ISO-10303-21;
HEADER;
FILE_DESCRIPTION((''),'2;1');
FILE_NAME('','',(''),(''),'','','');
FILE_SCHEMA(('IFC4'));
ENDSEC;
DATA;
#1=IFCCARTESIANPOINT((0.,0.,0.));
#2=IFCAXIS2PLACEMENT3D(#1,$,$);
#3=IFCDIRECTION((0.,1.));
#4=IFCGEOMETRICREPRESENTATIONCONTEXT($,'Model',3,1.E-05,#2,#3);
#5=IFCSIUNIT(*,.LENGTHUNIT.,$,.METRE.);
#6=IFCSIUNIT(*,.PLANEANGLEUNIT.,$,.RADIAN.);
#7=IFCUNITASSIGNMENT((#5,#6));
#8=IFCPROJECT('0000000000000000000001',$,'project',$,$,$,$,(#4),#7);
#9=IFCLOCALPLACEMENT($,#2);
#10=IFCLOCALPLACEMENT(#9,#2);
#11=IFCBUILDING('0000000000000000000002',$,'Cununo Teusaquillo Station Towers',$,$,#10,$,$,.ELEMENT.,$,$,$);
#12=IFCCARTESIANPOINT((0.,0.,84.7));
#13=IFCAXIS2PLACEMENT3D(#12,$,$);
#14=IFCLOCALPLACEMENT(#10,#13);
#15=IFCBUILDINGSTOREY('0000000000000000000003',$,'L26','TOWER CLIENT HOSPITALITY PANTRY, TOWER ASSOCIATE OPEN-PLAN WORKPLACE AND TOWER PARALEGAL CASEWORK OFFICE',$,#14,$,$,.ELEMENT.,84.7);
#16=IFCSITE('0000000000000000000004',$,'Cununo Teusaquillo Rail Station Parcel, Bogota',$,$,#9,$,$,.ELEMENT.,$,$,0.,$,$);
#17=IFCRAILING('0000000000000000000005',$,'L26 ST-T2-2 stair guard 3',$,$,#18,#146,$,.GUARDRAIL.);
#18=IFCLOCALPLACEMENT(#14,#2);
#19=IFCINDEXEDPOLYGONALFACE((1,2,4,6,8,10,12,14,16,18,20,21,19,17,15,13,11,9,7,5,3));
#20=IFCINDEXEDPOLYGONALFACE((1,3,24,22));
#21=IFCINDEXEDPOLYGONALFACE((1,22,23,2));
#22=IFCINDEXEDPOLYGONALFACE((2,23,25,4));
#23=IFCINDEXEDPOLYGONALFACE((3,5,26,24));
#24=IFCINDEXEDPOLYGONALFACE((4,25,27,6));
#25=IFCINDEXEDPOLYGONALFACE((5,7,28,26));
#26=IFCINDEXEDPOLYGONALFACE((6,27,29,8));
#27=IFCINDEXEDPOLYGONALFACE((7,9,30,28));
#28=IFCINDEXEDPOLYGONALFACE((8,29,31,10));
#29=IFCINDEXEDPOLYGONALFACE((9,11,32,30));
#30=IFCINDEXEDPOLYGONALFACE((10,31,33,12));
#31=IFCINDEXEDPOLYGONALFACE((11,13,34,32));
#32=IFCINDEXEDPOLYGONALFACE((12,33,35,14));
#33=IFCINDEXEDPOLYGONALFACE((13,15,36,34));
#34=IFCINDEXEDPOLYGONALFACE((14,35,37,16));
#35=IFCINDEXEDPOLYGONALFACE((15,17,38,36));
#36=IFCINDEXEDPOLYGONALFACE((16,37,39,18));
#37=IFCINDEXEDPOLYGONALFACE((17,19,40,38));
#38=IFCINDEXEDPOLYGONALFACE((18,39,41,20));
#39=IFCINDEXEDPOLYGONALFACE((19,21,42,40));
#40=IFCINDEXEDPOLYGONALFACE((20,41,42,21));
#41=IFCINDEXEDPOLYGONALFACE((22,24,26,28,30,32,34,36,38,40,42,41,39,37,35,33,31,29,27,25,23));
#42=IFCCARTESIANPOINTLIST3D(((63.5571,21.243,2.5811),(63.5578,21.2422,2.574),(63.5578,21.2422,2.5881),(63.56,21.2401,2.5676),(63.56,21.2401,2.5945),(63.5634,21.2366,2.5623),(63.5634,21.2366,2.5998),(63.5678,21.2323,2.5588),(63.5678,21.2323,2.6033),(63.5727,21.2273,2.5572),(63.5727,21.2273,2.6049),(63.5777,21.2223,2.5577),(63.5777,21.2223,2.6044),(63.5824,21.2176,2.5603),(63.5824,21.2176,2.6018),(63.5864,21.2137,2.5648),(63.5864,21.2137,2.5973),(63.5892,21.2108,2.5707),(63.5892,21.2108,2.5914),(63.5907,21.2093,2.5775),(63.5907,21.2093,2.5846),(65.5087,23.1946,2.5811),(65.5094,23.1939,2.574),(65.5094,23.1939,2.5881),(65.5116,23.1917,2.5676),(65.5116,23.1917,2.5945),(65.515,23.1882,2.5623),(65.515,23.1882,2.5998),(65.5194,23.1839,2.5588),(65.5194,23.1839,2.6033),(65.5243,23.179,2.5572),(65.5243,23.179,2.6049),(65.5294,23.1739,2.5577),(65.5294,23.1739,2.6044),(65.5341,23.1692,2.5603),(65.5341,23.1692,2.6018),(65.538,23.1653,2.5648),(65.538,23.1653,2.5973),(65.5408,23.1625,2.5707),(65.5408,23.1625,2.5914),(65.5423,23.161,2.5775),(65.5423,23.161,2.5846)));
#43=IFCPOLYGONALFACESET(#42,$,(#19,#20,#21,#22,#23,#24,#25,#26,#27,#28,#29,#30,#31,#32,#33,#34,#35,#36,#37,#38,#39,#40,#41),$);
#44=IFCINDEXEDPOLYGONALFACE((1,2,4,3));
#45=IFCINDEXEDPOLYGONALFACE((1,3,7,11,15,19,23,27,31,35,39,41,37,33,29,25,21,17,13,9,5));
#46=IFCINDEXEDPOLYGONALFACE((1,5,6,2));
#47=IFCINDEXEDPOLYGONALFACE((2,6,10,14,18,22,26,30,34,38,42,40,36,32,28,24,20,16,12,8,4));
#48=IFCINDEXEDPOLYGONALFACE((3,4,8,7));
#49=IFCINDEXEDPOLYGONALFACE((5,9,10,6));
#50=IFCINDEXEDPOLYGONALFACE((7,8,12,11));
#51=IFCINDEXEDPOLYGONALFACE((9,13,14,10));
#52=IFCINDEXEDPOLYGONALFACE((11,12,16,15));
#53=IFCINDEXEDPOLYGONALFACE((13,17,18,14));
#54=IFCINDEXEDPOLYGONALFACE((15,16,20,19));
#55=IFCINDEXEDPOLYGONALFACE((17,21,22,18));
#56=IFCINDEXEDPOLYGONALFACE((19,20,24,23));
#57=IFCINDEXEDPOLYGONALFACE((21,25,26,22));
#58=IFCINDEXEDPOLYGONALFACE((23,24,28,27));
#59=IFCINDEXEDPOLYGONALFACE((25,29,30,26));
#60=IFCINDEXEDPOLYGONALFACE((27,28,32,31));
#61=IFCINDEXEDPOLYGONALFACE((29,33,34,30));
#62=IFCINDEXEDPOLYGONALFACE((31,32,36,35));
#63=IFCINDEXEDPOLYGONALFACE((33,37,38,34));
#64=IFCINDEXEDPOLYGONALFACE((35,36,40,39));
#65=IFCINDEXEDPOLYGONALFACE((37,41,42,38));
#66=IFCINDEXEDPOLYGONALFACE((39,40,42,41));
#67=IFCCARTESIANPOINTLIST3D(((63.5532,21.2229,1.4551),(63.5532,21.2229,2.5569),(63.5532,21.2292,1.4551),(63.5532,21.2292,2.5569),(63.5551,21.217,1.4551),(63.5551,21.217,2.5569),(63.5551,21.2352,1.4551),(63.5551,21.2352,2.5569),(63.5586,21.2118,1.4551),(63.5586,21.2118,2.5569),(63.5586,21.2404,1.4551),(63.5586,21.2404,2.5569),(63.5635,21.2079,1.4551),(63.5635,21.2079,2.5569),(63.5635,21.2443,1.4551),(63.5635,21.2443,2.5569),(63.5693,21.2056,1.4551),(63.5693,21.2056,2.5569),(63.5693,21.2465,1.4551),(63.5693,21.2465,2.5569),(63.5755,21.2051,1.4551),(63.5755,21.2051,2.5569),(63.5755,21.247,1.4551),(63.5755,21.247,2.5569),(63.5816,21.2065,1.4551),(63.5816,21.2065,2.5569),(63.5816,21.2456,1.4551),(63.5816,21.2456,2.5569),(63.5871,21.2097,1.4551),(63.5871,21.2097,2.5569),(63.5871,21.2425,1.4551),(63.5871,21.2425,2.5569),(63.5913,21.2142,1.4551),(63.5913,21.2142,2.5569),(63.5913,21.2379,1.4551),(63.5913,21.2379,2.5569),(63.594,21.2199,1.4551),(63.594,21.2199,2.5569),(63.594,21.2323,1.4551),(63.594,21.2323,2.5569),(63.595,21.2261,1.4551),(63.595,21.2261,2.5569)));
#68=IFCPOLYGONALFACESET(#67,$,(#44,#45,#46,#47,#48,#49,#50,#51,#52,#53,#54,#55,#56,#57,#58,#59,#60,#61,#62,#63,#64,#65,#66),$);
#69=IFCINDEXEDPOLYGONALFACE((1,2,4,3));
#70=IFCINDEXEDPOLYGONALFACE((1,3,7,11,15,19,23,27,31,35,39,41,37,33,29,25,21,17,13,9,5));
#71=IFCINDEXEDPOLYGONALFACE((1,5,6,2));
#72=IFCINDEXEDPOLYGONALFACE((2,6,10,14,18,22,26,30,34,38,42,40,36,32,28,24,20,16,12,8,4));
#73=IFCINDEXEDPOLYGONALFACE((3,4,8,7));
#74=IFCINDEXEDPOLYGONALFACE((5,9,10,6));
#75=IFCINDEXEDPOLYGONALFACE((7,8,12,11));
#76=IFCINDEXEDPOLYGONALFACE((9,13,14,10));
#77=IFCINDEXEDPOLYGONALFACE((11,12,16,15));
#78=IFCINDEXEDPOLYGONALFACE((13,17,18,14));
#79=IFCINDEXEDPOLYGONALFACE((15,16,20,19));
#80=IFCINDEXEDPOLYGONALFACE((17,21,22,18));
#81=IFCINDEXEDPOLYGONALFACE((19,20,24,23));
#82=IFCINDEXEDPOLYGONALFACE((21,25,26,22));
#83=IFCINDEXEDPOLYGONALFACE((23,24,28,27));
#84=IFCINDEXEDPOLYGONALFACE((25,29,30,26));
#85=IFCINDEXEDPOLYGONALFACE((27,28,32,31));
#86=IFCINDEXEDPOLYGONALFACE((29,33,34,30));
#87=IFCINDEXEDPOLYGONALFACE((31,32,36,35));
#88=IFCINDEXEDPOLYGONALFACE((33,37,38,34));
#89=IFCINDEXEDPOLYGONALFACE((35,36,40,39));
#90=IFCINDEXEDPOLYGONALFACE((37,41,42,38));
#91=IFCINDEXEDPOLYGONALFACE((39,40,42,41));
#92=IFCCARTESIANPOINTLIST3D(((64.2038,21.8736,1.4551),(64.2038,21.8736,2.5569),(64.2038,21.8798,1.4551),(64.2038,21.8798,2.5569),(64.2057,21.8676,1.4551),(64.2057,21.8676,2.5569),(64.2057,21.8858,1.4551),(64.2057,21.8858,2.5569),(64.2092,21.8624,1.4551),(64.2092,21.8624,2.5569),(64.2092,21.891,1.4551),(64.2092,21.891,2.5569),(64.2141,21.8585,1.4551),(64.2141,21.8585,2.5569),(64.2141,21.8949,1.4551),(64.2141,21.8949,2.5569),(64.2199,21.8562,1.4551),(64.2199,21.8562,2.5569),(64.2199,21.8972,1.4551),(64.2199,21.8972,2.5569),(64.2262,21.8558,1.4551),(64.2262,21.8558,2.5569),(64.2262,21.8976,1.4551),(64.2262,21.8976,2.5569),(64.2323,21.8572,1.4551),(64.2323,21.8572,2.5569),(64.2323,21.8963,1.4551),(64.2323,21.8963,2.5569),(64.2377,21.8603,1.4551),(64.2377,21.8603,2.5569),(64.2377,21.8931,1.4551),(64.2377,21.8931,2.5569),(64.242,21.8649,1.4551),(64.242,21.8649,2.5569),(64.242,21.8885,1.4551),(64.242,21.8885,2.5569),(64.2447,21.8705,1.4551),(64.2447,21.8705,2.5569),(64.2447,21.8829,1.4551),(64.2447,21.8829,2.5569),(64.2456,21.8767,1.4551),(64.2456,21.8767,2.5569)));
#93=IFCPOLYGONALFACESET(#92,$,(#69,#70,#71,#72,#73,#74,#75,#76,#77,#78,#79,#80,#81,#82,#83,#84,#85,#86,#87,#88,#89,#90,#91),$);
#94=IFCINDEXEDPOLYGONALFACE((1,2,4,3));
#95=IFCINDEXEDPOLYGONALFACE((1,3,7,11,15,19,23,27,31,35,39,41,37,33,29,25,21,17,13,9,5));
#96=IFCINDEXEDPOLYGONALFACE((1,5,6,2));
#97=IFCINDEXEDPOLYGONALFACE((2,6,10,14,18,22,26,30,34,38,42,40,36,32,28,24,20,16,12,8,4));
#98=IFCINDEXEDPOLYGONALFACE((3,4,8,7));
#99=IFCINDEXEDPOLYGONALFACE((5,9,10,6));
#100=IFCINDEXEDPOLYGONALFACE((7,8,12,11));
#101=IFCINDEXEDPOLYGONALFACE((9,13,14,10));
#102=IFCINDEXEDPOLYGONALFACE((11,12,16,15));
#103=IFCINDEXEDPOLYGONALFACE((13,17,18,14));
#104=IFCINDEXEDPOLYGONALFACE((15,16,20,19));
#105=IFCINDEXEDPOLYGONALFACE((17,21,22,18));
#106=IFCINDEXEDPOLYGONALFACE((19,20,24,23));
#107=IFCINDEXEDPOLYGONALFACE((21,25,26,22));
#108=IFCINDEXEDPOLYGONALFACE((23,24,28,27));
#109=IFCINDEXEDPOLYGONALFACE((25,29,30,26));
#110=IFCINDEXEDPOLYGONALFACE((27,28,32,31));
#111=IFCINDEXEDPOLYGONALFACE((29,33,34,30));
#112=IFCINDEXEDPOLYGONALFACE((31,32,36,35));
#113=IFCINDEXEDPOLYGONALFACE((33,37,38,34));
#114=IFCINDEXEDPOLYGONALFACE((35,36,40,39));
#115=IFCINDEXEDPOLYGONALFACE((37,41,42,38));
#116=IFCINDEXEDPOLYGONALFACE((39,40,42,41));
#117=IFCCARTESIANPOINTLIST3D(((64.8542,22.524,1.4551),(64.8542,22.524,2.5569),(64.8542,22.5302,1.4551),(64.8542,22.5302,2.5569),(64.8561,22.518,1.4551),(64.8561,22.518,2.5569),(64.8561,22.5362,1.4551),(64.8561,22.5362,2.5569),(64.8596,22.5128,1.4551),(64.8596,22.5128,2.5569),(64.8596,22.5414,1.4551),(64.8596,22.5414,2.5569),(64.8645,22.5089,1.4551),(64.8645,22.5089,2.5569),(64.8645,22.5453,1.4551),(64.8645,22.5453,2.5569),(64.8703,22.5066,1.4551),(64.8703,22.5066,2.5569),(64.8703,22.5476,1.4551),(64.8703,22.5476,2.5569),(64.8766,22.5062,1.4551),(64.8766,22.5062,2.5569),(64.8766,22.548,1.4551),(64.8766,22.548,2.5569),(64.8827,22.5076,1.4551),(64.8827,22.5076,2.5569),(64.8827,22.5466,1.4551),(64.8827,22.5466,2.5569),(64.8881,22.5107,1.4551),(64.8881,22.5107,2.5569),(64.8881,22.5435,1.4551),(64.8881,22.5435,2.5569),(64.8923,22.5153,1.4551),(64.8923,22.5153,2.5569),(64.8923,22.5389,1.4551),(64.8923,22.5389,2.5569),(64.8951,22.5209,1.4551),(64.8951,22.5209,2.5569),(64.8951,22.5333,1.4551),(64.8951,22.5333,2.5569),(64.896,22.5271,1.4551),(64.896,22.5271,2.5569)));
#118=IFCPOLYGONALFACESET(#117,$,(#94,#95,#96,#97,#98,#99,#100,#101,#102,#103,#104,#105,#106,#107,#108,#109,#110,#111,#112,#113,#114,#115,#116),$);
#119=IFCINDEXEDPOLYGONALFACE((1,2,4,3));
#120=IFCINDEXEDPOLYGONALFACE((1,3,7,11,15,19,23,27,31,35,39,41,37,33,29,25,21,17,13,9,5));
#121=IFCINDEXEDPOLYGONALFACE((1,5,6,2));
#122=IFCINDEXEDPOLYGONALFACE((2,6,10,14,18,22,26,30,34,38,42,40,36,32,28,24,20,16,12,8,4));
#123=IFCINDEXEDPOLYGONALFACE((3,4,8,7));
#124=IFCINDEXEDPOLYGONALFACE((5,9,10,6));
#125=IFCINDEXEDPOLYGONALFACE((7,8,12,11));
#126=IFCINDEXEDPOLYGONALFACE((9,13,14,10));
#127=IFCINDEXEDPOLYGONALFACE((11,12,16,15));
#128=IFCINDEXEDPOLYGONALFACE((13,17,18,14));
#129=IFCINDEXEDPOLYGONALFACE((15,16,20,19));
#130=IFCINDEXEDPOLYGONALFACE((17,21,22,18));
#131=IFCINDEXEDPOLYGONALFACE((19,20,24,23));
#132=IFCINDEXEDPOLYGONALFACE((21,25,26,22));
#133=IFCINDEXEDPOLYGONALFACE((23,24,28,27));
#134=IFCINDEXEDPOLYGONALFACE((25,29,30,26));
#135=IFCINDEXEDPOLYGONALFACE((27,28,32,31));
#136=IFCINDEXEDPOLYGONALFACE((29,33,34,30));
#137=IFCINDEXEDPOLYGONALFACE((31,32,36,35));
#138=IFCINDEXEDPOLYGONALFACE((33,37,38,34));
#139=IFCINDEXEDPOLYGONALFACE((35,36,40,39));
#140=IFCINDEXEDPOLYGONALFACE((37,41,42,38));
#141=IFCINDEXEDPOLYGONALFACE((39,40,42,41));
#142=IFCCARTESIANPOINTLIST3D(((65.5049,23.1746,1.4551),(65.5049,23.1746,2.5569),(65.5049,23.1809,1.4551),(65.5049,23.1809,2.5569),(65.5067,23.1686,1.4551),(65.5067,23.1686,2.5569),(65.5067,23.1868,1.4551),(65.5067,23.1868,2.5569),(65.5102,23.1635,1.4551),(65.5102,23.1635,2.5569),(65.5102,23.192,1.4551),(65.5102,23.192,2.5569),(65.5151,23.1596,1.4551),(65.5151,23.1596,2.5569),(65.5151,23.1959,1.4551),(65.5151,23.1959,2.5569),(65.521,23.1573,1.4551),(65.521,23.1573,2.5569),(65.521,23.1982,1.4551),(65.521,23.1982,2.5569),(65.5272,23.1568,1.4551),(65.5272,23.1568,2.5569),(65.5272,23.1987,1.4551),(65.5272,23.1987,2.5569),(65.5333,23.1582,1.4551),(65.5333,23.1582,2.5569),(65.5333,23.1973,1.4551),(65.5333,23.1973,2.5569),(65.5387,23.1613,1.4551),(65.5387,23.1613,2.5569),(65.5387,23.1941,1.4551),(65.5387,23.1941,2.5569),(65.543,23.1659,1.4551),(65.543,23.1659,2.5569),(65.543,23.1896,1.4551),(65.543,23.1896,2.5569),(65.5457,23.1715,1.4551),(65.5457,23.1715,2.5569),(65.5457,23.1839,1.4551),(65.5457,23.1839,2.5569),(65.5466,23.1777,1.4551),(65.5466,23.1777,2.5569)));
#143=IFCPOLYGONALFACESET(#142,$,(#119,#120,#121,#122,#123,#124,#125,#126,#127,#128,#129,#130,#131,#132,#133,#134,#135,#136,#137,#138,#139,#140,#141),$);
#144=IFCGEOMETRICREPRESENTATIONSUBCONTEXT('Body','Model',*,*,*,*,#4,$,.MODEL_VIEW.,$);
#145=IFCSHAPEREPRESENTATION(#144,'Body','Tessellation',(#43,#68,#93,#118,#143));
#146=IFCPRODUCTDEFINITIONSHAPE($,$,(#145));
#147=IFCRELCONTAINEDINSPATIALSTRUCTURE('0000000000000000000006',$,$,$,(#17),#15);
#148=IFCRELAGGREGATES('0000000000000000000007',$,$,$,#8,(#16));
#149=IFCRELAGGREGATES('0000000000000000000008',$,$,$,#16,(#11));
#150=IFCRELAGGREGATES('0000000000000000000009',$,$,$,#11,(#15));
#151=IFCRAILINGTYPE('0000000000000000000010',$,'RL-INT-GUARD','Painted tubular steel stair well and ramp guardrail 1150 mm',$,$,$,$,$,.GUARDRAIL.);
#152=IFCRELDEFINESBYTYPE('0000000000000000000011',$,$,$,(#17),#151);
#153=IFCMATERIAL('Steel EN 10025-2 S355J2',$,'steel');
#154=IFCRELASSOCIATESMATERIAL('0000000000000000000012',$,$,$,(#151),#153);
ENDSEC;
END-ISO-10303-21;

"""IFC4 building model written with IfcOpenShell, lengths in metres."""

from ifc_helpers import new_model, si_unit, direction, frame, origin, origin_2d, place, context, subcontext, project, spatial, circle, extrude, material, type_object, element, save


model = new_model("IFC4")

# Units and contexts
model_context = context("Model", 3, precision=1e-05, world=origin(), true_north=direction((0.0, 1.0)))
body_context = subcontext(model_context, "Body", "Model", "MODEL_VIEW")
ifc_project = project(units=[si_unit("LENGTHUNIT", "METRE"), si_unit("PLANEANGLEUNIT", "RADIAN")], contexts=[model_context])

# Site, building, storey
site_placement = place(None, origin())
site = spatial("IfcSite", under=ifc_project, at=site_placement, Name="Cununo Teusaquillo Rail Station Parcel, Bogota", CompositionType="ELEMENT", RefElevation=0.0)
building_placement = place(site_placement, origin())
building = spatial("IfcBuilding", under=site, at=building_placement, Name="Cununo Teusaquillo Station Towers", CompositionType="ELEMENT")
storey_placement = place(building_placement, frame((0.0, 0.0, 84.7)))
storey = spatial("IfcBuildingStorey", under=building, at=storey_placement, Name="L26", Description="TOWER CLIENT HOSPITALITY PANTRY, TOWER ASSOCIATE OPEN-PLAN WORKPLACE AND TOWER PARALEGAL CASEWORK OFFICE", CompositionType="ELEMENT", Elevation=84.7)

# Railing
ifc_material_1 = material(Name="Steel EN 10025-2 S355J2", Category="steel")
railing_type = type_object("IfcRailingType", Name="RL-INT-GUARD", Description="Painted tubular steel stair well and ramp guardrail 1150 mm", PredefinedType="GUARDRAIL", material=ifc_material_1)
railing_1_placement = place(storey_placement, frame((63.574, 21.2261, 1.4551)))
element("IfcRailing", 1, at=railing_1_placement, inside=storey, type_object=railing_type, Name="L26 ST-T2-2 stair guard 3", PredefinedType="GUARDRAIL", context=body_context, shape_type="SweptSolid", body=[
    extrude(circle(Radius=0.0239, at=origin_2d()), frame((0.0, 0.0, 1.126), z_axis=(0.707107, 0.707107, 0.0), x_axis=(-0.707107, 0.707107, 0.0)), (0.0, 0.0, 1.0), 2.76),
    extrude(circle(Radius=0.021, at=origin_2d()), origin(), (0.0, 0.0, 1.0), 1.1018),
    extrude(circle(Radius=0.021, at=origin_2d()), frame((0.6506, 0.6506, 0.0)), (0.0, 0.0, 1.0), 1.1018),
    extrude(circle(Radius=0.021, at=origin_2d()), frame((1.301, 1.301, 0.0)), (0.0, 0.0, 1.0), 1.1018),
    extrude(circle(Radius=0.021, at=origin_2d()), frame((1.9517, 1.9517, 0.0)), (0.0, 0.0, 1.0), 1.1018),
])

save(model, "model.ifc")
